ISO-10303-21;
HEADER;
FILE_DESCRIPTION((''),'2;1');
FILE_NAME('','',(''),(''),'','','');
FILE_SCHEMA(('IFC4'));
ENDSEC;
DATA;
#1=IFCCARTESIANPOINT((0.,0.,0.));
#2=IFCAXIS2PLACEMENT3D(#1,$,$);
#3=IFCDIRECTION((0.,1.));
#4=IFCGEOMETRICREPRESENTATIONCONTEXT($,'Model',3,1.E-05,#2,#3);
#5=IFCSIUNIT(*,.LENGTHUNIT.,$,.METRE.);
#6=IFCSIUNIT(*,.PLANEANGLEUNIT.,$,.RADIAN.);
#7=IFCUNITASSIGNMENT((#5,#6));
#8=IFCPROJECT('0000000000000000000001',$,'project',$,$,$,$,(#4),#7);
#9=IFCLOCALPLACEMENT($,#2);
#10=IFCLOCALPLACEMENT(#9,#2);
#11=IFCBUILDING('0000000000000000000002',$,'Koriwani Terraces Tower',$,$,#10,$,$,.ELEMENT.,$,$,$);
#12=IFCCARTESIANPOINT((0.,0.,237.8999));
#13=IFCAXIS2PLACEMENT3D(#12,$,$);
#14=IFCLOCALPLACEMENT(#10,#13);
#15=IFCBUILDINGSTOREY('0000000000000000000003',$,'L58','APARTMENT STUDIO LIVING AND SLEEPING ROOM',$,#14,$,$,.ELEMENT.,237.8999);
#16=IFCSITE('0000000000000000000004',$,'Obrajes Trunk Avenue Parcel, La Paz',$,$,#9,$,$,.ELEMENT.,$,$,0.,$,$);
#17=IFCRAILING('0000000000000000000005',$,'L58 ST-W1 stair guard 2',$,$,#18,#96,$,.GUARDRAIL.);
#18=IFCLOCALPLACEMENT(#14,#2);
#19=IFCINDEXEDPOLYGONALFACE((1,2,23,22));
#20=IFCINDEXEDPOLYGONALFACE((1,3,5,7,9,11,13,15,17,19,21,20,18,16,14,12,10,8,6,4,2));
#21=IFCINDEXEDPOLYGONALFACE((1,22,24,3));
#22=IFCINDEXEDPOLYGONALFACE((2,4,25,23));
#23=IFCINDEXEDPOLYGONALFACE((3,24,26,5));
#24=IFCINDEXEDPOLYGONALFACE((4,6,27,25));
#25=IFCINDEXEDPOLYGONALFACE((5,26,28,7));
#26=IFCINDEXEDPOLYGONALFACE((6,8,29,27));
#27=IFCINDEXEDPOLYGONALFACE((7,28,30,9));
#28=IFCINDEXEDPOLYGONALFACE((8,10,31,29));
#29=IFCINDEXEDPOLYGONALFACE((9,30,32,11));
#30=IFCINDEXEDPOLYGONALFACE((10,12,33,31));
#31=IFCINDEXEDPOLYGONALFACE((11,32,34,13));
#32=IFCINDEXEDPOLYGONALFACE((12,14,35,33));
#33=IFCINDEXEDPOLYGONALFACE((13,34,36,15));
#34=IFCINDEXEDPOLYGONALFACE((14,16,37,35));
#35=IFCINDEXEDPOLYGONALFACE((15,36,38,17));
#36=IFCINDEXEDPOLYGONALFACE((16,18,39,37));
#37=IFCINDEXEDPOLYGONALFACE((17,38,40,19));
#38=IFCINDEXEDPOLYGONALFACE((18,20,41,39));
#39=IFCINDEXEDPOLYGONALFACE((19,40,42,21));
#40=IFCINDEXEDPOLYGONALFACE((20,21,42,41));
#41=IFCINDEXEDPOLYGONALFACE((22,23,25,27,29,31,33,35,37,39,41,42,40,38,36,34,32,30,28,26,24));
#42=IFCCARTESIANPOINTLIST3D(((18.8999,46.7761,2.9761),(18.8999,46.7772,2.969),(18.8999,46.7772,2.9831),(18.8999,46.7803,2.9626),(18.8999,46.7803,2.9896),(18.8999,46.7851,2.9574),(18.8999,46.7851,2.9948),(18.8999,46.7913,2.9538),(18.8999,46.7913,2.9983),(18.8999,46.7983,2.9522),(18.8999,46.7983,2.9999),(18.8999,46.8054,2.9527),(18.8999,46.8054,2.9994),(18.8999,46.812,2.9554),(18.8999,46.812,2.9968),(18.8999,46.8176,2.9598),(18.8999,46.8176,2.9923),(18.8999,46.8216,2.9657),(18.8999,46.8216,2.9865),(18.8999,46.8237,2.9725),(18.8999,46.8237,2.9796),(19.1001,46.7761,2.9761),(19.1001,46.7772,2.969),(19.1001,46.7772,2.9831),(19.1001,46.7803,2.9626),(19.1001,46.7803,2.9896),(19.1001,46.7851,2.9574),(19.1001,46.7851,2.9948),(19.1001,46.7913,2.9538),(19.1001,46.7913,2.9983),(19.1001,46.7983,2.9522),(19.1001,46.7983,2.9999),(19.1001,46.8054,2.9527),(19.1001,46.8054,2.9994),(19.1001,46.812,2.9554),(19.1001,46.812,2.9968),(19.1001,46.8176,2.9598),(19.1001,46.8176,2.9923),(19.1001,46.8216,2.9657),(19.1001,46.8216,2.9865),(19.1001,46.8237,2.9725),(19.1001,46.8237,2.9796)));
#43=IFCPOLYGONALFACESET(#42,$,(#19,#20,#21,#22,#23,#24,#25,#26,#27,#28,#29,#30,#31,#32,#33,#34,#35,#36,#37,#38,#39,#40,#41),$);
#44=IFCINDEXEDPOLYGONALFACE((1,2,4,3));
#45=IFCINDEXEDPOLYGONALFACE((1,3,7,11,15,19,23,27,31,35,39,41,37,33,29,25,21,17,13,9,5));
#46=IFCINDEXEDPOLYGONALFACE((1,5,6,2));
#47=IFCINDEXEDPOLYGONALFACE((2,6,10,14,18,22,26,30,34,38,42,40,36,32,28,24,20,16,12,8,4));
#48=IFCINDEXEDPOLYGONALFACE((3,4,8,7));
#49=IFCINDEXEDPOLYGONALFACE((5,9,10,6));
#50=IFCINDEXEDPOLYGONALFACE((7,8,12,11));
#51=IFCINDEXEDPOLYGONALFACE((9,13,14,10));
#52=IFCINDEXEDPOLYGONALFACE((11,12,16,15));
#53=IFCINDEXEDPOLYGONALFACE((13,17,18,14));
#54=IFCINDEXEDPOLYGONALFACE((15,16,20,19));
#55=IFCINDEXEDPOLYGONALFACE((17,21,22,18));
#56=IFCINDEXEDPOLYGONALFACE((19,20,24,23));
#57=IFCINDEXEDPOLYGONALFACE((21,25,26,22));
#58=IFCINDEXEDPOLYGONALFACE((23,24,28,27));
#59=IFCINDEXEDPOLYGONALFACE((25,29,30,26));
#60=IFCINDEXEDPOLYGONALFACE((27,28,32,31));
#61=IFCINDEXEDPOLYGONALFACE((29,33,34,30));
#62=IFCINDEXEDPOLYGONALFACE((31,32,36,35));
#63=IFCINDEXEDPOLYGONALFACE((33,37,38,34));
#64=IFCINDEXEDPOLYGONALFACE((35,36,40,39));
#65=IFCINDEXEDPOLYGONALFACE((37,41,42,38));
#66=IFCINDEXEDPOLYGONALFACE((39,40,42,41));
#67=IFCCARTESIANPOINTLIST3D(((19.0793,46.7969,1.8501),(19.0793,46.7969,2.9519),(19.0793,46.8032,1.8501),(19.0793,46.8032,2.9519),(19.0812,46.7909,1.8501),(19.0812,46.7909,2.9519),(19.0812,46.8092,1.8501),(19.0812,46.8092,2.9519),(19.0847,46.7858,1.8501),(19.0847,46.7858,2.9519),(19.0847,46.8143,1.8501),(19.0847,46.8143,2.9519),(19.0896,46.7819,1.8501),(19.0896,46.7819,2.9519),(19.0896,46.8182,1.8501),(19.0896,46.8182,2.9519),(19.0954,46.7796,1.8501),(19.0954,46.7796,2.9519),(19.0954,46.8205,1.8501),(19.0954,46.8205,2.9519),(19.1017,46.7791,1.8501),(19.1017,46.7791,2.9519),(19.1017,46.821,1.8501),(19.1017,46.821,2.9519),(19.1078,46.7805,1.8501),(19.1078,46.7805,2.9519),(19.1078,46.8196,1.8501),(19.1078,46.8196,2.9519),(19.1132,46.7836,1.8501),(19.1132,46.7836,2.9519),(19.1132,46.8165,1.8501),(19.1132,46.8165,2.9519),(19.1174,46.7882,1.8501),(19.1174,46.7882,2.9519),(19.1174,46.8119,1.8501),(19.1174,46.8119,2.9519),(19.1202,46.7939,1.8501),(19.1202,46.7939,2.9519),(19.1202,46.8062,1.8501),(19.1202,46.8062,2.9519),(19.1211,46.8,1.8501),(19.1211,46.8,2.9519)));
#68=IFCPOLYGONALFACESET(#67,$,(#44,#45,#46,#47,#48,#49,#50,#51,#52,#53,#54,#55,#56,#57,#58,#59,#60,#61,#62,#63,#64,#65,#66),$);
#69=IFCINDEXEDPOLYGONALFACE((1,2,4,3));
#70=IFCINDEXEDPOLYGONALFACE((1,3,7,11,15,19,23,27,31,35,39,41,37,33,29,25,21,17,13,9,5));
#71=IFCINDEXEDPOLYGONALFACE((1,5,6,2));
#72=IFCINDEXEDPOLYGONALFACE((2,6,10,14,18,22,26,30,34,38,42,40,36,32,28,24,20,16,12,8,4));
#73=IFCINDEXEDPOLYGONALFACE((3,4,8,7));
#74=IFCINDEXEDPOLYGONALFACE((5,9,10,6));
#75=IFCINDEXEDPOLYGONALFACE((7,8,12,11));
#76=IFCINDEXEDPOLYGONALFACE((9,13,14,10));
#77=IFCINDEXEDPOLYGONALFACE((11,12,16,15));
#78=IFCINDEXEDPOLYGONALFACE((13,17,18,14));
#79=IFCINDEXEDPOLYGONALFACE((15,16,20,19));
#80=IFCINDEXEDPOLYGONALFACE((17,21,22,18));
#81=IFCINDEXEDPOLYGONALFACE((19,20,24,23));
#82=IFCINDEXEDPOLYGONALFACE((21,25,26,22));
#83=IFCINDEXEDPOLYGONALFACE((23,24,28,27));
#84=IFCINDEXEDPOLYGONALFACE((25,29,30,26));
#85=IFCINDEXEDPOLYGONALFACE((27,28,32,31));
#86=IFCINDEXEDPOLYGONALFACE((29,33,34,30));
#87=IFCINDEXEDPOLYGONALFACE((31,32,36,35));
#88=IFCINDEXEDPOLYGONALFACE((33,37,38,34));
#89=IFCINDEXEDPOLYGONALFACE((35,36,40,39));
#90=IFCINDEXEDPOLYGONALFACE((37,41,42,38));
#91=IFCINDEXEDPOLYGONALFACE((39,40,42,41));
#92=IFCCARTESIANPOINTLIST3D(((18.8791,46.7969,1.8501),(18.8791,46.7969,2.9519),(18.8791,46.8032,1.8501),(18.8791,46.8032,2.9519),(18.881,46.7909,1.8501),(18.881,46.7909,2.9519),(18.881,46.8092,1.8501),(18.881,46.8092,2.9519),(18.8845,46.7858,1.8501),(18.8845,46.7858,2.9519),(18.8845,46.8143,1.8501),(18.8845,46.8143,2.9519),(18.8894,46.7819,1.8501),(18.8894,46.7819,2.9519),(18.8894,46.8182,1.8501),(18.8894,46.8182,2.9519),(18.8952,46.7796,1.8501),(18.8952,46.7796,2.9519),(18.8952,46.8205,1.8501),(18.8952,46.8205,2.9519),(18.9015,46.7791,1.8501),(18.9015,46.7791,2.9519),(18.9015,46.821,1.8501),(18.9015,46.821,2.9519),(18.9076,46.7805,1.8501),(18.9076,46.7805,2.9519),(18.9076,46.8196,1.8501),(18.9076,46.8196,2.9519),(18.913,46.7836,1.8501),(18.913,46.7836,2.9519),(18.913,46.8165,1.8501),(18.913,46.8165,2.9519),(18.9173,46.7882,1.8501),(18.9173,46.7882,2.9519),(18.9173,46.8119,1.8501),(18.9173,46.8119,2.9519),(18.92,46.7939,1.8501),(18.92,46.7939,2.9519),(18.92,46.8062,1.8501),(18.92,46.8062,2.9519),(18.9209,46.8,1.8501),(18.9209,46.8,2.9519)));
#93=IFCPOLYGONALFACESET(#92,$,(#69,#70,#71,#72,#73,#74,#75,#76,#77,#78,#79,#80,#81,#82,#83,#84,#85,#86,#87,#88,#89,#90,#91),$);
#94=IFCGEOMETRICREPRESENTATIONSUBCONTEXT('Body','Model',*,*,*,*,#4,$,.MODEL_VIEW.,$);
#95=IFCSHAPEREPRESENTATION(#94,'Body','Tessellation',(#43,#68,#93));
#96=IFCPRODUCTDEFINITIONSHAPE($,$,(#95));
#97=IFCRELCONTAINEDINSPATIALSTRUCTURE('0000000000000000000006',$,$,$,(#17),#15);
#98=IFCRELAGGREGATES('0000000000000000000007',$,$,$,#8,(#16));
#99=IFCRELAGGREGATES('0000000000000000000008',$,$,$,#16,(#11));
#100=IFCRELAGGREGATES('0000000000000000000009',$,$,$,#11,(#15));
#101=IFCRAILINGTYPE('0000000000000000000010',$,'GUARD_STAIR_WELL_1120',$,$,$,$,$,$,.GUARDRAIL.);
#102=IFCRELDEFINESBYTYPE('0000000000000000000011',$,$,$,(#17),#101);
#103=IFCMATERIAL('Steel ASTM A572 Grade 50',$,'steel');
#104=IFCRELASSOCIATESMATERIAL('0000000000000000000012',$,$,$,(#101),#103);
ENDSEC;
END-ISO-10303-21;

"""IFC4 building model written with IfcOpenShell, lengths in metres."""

from ifc_helpers import new_model, si_unit, direction, frame, origin, origin_2d, place, context, subcontext, project, spatial, circle, extrude, material, type_object, element, save


model = new_model("IFC4")

# Units and contexts
model_context = context("Model", 3, precision=1e-05, world=origin(), true_north=direction((0.0, 1.0)))
body_context = subcontext(model_context, "Body", "Model", "MODEL_VIEW")
ifc_project = project(units=[si_unit("LENGTHUNIT", "METRE"), si_unit("PLANEANGLEUNIT", "RADIAN")], contexts=[model_context])

# Site, building, storey
site_placement = place(None, origin())
site = spatial("IfcSite", under=ifc_project, at=site_placement, Name="Obrajes Trunk Avenue Parcel, La Paz", CompositionType="ELEMENT", RefElevation=0.0)
building_placement = place(site_placement, origin())
building = spatial("IfcBuilding", under=site, at=building_placement, Name="Koriwani Terraces Tower", CompositionType="ELEMENT")
storey_placement = place(building_placement, frame((0.0, 0.0, 237.8999)))
storey = spatial("IfcBuildingStorey", under=building, at=storey_placement, Name="L58", Description="APARTMENT STUDIO LIVING AND SLEEPING ROOM", CompositionType="ELEMENT", Elevation=237.8999)

# Shared definitions
ifc_material_1 = material(Name="Steel ASTM A572 Grade 50", Category="steel")

# Railing
railing_type_1 = type_object("IfcRailingType", Name="GUARD_STAIR_WELL_1120", PredefinedType="GUARDRAIL", material=ifc_material_1)
railing_1_placement = place(storey_placement, frame((19.1001, 46.8, 1.8501)))
element("IfcRailing", 1, at=railing_1_placement, inside=storey, type_object=railing_type_1, Name="L58 ST-W1 stair guard 2", PredefinedType="GUARDRAIL", context=body_context, shape_type="SweptSolid", body=[
    extrude(circle(Radius=0.0239, at=origin_2d()), frame((0.0, 0.0, 1.126), z_axis=(-1.0, 0.0, 0.0), x_axis=(0.0, -1.0, 0.0)), (0.0, 0.0, 1.0), 0.2002),
    extrude(circle(Radius=0.021, at=origin_2d()), origin(), (0.0, 0.0, 1.0), 1.1018),
    extrude(circle(Radius=0.021, at=origin_2d()), frame((-0.2002, 0.0, 0.0)), (0.0, 0.0, 1.0), 1.1018),
])

save(model, "model.ifc")
